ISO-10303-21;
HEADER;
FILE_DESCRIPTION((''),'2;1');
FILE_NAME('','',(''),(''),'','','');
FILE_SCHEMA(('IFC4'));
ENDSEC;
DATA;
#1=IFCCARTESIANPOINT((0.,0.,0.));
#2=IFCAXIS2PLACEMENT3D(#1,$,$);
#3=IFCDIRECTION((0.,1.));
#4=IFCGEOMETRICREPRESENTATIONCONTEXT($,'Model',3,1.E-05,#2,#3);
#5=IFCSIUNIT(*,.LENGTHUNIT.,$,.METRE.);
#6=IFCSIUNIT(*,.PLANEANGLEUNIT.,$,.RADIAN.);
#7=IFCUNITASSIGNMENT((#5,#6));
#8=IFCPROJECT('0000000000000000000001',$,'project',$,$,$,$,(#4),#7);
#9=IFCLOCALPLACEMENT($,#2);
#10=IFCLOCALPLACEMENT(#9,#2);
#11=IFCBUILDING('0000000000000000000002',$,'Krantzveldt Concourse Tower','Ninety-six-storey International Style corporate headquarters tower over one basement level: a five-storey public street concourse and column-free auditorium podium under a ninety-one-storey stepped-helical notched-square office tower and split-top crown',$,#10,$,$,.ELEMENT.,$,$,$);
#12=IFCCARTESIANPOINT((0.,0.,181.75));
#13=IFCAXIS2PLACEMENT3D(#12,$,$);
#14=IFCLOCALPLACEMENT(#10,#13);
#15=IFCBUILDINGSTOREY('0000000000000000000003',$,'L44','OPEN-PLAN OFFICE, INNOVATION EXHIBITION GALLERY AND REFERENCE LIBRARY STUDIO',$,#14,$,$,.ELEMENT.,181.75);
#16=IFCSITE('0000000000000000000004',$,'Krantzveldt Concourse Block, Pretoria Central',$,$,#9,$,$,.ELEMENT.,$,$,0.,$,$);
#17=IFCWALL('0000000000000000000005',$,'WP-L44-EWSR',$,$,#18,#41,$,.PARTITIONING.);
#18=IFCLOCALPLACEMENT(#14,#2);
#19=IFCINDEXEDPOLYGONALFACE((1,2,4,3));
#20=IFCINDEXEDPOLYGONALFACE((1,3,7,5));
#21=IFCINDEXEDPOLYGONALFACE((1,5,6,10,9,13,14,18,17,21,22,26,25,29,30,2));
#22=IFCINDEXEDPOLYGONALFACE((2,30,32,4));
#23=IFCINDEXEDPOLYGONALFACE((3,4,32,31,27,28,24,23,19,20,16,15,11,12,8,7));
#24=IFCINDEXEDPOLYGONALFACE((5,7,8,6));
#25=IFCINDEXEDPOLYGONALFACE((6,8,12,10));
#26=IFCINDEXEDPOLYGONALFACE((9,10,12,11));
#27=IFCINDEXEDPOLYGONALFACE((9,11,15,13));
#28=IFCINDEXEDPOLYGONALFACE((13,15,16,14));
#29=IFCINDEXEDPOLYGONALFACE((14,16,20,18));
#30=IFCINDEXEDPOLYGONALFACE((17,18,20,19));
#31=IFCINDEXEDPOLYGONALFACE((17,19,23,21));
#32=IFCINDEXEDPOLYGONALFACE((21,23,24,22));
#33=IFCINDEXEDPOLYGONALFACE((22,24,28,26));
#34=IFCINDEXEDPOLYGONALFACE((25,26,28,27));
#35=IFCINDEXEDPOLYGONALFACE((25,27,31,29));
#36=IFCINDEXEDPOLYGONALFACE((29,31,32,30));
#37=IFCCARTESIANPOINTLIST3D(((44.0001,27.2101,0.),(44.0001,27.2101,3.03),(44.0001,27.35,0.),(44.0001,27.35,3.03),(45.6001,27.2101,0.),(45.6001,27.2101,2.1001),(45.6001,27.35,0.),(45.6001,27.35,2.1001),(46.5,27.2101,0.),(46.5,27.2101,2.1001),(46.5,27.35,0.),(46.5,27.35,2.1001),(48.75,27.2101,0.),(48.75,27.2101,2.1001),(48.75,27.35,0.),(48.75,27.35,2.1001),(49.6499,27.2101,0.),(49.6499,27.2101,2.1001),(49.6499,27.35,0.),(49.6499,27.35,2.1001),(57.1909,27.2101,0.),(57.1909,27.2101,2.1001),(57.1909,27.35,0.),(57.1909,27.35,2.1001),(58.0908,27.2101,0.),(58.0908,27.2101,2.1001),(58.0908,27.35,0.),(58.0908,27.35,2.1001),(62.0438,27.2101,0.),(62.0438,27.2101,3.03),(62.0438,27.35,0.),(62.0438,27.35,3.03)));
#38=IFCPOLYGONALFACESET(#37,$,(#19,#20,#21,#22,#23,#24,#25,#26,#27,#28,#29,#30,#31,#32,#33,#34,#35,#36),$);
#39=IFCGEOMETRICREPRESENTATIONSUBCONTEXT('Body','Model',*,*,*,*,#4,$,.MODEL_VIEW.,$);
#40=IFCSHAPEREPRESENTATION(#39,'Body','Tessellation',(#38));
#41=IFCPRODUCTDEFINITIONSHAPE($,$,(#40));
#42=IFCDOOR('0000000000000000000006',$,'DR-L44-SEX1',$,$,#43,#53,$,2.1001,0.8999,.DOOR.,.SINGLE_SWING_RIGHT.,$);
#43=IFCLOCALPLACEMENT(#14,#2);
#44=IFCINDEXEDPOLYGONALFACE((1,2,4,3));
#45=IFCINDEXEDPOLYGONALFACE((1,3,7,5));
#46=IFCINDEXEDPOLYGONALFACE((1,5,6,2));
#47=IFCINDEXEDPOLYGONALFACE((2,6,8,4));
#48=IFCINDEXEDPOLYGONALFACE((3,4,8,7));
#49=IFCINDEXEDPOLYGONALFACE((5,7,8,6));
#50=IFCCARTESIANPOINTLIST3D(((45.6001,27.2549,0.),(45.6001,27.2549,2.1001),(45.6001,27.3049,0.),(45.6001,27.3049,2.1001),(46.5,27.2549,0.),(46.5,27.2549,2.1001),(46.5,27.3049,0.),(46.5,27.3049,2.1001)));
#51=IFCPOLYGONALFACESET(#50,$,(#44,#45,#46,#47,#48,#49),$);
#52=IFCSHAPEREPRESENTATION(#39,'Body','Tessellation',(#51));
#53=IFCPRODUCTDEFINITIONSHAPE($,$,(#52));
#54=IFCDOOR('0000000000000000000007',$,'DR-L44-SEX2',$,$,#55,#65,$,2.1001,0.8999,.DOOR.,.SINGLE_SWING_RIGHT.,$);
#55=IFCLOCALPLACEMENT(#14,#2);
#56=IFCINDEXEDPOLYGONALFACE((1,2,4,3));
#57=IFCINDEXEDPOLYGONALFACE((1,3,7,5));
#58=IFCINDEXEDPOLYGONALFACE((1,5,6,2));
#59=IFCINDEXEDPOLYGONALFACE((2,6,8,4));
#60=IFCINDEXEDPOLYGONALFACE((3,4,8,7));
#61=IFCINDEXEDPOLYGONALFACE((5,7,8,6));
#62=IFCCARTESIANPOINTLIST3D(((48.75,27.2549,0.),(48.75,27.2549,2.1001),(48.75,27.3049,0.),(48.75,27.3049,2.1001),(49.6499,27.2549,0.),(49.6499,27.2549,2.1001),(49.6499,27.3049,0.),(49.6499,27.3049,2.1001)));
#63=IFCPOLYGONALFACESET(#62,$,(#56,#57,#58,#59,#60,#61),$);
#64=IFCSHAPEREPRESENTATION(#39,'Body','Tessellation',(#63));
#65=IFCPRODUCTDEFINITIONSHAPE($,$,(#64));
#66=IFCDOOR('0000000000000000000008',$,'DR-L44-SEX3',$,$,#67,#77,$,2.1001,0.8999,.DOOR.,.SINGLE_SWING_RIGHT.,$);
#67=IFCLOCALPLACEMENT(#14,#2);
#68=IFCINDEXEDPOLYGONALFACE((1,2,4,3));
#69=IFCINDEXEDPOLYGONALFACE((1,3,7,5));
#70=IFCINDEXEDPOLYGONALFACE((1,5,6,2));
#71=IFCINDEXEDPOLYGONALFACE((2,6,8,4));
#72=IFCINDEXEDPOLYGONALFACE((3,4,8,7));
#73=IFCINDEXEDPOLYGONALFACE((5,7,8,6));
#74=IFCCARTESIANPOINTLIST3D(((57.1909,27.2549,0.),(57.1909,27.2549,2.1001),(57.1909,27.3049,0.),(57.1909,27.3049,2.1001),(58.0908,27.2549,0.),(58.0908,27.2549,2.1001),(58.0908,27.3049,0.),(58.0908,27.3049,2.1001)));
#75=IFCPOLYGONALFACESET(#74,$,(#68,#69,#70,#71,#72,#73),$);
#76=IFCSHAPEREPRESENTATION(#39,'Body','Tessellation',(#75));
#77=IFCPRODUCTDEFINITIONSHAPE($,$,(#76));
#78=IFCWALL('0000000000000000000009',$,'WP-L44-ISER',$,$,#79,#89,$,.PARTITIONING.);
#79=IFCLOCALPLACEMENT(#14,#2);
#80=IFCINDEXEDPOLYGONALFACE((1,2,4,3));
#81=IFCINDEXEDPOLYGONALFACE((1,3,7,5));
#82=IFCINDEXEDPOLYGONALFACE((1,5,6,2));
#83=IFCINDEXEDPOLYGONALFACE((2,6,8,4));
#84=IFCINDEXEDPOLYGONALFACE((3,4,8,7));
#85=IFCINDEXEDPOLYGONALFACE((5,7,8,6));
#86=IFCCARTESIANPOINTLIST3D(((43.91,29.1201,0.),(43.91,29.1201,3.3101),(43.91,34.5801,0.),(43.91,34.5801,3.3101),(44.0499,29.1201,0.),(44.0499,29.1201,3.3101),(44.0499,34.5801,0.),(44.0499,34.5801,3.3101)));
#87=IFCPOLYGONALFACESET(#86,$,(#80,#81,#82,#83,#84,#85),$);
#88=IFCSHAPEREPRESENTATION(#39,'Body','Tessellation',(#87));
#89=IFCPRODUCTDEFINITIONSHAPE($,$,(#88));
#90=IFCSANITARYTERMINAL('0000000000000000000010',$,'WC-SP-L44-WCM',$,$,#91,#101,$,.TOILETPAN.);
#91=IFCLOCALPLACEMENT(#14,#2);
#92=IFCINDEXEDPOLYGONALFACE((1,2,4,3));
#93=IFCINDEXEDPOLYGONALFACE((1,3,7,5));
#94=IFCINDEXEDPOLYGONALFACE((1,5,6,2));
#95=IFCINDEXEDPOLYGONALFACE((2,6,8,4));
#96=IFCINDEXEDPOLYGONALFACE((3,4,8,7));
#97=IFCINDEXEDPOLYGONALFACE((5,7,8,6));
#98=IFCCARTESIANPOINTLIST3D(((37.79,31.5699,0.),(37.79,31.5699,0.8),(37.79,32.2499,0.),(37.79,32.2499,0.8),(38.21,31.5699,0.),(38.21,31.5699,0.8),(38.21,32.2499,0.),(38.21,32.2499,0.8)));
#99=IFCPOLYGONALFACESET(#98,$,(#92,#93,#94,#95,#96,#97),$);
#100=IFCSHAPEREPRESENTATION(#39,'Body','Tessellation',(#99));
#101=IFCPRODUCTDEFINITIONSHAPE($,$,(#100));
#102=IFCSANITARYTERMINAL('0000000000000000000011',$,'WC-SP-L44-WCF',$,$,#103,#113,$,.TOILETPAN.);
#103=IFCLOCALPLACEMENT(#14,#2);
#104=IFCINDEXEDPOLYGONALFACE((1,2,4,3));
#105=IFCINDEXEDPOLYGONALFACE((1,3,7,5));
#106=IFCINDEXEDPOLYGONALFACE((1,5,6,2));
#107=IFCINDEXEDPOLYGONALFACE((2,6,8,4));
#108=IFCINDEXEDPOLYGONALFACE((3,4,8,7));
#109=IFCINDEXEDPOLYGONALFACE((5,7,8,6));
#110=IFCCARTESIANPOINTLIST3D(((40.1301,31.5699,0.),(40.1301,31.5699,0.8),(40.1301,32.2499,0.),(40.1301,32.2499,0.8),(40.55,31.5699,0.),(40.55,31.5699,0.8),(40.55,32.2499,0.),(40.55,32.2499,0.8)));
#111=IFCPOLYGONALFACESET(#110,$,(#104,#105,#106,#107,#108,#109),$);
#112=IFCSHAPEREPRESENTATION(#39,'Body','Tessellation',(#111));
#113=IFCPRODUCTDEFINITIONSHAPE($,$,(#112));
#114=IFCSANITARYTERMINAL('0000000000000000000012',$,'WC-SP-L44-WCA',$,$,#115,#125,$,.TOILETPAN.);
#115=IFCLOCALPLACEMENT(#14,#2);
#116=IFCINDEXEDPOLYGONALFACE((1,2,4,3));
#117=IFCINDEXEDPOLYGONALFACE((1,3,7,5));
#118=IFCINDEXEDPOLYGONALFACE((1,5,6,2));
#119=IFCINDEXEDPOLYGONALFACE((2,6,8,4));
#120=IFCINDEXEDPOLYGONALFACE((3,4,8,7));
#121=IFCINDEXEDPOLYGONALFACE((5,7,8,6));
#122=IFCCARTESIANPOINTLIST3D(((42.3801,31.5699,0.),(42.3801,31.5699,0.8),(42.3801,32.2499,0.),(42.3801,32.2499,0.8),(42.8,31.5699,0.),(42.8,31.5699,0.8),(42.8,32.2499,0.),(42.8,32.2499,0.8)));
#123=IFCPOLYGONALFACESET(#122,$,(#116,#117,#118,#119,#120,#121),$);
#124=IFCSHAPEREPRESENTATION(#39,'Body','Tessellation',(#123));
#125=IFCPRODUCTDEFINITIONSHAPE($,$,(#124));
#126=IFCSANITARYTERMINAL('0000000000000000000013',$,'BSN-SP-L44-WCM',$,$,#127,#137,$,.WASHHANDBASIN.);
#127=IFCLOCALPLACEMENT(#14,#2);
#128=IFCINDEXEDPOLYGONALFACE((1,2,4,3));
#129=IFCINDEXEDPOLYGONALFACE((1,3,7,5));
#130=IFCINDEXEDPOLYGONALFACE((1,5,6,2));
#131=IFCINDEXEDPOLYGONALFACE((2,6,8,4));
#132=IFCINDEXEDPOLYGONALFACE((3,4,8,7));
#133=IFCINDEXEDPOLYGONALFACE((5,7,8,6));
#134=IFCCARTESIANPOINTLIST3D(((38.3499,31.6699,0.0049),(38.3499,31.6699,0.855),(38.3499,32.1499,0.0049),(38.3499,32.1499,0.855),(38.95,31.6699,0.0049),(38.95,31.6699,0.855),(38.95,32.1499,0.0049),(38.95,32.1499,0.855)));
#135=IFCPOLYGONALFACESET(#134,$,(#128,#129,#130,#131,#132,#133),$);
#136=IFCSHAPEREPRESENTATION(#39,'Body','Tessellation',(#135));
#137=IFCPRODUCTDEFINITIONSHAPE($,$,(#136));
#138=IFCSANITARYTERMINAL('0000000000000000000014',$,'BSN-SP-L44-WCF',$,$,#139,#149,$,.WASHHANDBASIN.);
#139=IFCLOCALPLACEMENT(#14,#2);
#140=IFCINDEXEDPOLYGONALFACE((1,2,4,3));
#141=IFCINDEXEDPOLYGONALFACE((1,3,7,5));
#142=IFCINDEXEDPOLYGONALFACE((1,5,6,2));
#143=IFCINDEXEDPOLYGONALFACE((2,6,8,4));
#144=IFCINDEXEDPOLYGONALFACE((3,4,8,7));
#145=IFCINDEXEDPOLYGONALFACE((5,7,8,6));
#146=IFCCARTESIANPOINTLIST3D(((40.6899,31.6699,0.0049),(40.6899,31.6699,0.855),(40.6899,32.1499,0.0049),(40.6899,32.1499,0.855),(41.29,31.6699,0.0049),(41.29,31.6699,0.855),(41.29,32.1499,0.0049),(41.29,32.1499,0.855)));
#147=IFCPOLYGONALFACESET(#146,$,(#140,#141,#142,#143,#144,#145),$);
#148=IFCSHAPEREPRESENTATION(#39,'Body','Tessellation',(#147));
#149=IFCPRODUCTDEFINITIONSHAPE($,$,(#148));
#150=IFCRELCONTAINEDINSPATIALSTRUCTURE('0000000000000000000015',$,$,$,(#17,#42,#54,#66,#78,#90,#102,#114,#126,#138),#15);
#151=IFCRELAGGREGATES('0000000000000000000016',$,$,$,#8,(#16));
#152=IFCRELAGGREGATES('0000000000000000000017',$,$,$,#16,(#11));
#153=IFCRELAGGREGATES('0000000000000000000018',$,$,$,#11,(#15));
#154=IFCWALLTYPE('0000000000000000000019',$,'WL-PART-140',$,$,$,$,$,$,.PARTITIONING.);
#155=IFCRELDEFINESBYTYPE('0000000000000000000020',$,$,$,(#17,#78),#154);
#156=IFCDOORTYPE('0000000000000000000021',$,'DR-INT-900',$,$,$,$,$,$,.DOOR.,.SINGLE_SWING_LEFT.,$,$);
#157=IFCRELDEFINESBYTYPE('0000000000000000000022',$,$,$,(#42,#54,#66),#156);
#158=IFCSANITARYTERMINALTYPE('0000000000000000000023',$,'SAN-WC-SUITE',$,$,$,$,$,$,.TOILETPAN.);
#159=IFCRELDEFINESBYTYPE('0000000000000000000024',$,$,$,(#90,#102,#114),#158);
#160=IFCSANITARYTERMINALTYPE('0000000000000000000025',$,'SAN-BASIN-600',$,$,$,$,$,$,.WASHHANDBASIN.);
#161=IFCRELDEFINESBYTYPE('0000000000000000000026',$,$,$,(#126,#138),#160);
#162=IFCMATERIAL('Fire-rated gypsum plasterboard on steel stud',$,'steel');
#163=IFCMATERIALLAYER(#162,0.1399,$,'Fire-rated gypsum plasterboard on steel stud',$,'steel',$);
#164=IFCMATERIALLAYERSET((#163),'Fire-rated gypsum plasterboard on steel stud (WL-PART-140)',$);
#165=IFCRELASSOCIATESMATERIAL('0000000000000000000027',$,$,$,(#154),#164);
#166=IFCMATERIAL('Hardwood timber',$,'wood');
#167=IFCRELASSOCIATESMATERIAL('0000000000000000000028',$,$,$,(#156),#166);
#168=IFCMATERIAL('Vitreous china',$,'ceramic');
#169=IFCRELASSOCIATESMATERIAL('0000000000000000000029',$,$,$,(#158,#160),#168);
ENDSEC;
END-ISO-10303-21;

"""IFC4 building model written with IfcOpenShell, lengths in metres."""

from ifc_helpers import new_model, si_unit, direction, frame, frame_2d, origin, origin_2d, place, context, subcontext, project, spatial, rectangle, extrude, source, transform, mapped, material, layer, layer_set, type_object, type_shapes, element, fill, save


model = new_model("IFC4")

# Units and contexts
model_context = context("Model", 3, precision=1e-05, world=origin(), true_north=direction((0.0, 1.0)))
body_context = subcontext(model_context, "Body", "Model", "MODEL_VIEW")
ifc_project = project(units=[si_unit("LENGTHUNIT", "METRE"), si_unit("PLANEANGLEUNIT", "RADIAN")], contexts=[model_context])

# Site, building, storey
site_placement = place(None, origin())
site = spatial("IfcSite", under=ifc_project, at=site_placement, Name="Krantzveldt Concourse Block, Pretoria Central", CompositionType="ELEMENT", RefElevation=0.0)
building_placement = place(site_placement, origin())
building = spatial("IfcBuilding", under=site, at=building_placement, Name="Krantzveldt Concourse Tower", Description="Ninety-six-storey International Style corporate headquarters tower over one basement level: a five-storey public street concourse and column-free auditorium podium under a ninety-one-storey stepped-helical notched-square office tower and split-top crown", CompositionType="ELEMENT")
storey_placement = place(building_placement, frame((0.0, 0.0, 181.75)))
storey = spatial("IfcBuildingStorey", under=building, at=storey_placement, Name="L44", Description="OPEN-PLAN OFFICE, INNOVATION EXHIBITION GALLERY AND REFERENCE LIBRARY STUDIO", CompositionType="ELEMENT", Elevation=181.75)

# Shared definitions
ifc_material_1 = material(Name="Fire-rated gypsum plasterboard on steel stud", Category="steel")

# Wall, openings, doors
ifc_layer_1 = layer(ifc_material_1, 0.1399, Name="Fire-rated gypsum plasterboard on steel stud", Category="steel")
ifc_layer_set_1 = layer_set([ifc_layer_1], Name="Fire-rated gypsum plasterboard on steel stud (WL-PART-140)")
wall_type_1 = type_object("IfcWallType", Name="WL-PART-140", PredefinedType="PARTITIONING", material=ifc_layer_set_1)
ifc_material_2 = material(Name="Hardwood timber", Category="wood")
door_type_1 = type_object("IfcDoorType", Name="DR-INT-900", OperationType="SINGLE_SWING_LEFT", PredefinedType="DOOR", material=ifc_material_2)
wall_1_placement = place(storey_placement, frame((44.0, 27.28, 0.0), z_axis=(0.0, 0.0, 1.0), x_axis=(1.0, 0.0, 0.0)))
wall_1 = element("IfcWall", 1, at=wall_1_placement, inside=storey, type_object=wall_type_1, Name="WP-L44-EWSR", PredefinedType="PARTITIONING", context=body_context, shape_type="SweptSolid", body=[
    extrude(rectangle(XDim=18.0437, YDim=0.1399, at=frame_2d((9.022, 0.0))), origin(), (0.0, 0.0, 1.0), 3.03),
])
opening_1_placement = place(wall_1_placement, frame((1.6001, 0.0, 0.0)))
opening_1 = element("IfcOpeningElement", 2, at=opening_1_placement, cuts=wall_1, PredefinedType="OPENING", context=body_context, shape_type="SweptSolid", body=[
    extrude(rectangle(XDim=0.8999, YDim=2.1001, at=frame_2d((0.45, 1.05))), frame((0.0, 0.0801, 0.0), z_axis=(0.0, -1.0, 0.0), x_axis=(1.0, 0.0, 0.0)), (0.0, 0.0, 1.0), 0.1599),
])
opening_2_placement = place(wall_1_placement, frame((4.75, 0.0, 0.0)))
opening_2 = element("IfcOpeningElement", 3, at=opening_2_placement, cuts=wall_1, PredefinedType="OPENING", context=body_context, shape_type="SweptSolid", body=[
    extrude(rectangle(XDim=0.8999, YDim=2.1001, at=frame_2d((0.45, 1.05))), frame((0.0, 0.0801, 0.0), z_axis=(0.0, -1.0, 0.0), x_axis=(1.0, 0.0, 0.0)), (0.0, 0.0, 1.0), 0.1599),
])
opening_3_placement = place(wall_1_placement, frame((13.1909, 0.0, 0.0)))
opening_3 = element("IfcOpeningElement", 4, at=opening_3_placement, cuts=wall_1, PredefinedType="OPENING", context=body_context, shape_type="SweptSolid", body=[
    extrude(rectangle(XDim=0.8999, YDim=2.1001, at=frame_2d((0.45, 1.05))), frame((0.0, 0.0801, 0.0), z_axis=(0.0, -1.0, 0.0), x_axis=(1.0, 0.0, 0.0)), (0.0, 0.0, 1.0), 0.1599),
])
door_1_placement = place(opening_1_placement, origin())
door_1 = element("IfcDoor", 5, at=door_1_placement, inside=storey, type_object=door_type_1, Name="DR-L44-SEX1", OperationType="SINGLE_SWING_RIGHT", OverallHeight=2.1001, OverallWidth=0.8999, PredefinedType="DOOR", context=body_context, shape_type="SweptSolid", body=[
    extrude(rectangle(XDim=0.8999, YDim=2.1001, at=frame_2d((0.45, 1.05))), frame((0.0, 0.0249, 0.0), z_axis=(0.0, -1.0, 0.0), x_axis=(1.0, 0.0, 0.0)), (0.0, 0.0, 1.0), 0.05),
])
fill(opening_1, door_1)
door_2_placement = place(opening_2_placement, origin())
door_2 = element("IfcDoor", 6, at=door_2_placement, inside=storey, type_object=door_type_1, Name="DR-L44-SEX2", OperationType="SINGLE_SWING_RIGHT", OverallHeight=2.1001, OverallWidth=0.8999, PredefinedType="DOOR", context=body_context, shape_type="SweptSolid", body=[
    extrude(rectangle(XDim=0.8999, YDim=2.1001, at=frame_2d((0.45, 1.05))), frame((0.0, 0.0249, 0.0), z_axis=(0.0, -1.0, 0.0), x_axis=(1.0, 0.0, 0.0)), (0.0, 0.0, 1.0), 0.05),
])
fill(opening_2, door_2)
door_3_placement = place(opening_3_placement, origin())
door_3 = element("IfcDoor", 7, at=door_3_placement, inside=storey, type_object=door_type_1, Name="DR-L44-SEX3", OperationType="SINGLE_SWING_RIGHT", OverallHeight=2.1001, OverallWidth=0.8999, PredefinedType="DOOR", context=body_context, shape_type="SweptSolid", body=[
    extrude(rectangle(XDim=0.8999, YDim=2.1001, at=frame_2d((0.45, 1.05))), frame((0.0, 0.0249, 0.0), z_axis=(0.0, -1.0, 0.0), x_axis=(1.0, 0.0, 0.0)), (0.0, 0.0, 1.0), 0.05),
])
fill(opening_3, door_3)

# Wall
wall_2_placement = place(storey_placement, frame((43.98, 29.1201, 0.0), z_axis=(0.0, 0.0, 1.0), x_axis=(0.0, 1.0, 0.0)))
element("IfcWall", 8, at=wall_2_placement, inside=storey, type_object=wall_type_1, Name="WP-L44-ISER", PredefinedType="PARTITIONING", context=body_context, shape_type="SweptSolid", body=[
    extrude(rectangle(XDim=5.46, YDim=0.1399, at=frame_2d((2.73, 0.0))), origin(), (0.0, 0.0, 1.0), 3.3101),
])

# Sanitary terminals
ifc_material_3 = material(Name="Vitreous china", Category="ceramic")
sanitary_terminal_type_1 = type_object("IfcSanitaryTerminalType", Name="SAN-WC-SUITE", PredefinedType="TOILETPAN", material=ifc_material_3)
shared_shape_1 = source(origin(), body_context, "Body", "SweptSolid", [
    extrude(rectangle(XDim=0.4199, YDim=0.6799, at=origin_2d()), origin(), (0.0, 0.0, 1.0), 0.8),
])
type_shapes(sanitary_terminal_type_1, [shared_shape_1])
for number, where, z_axis, x_axis, name in (
    (9, (38.0, 31.9099, 0.0), (0.0, 0.0, 1.0), (1.0, 0.0, 0.0), "WC-SP-L44-WCM"),
    (10, (40.3401, 31.9099, 0.0), (0.0, 0.0, 1.0), (1.0, 0.0, 0.0), "WC-SP-L44-WCF"),
    (11, (42.5901, 31.9099, 0.0), (0.0, 0.0, 1.0), (1.0, 0.0, 0.0), "WC-SP-L44-WCA"),
):
    element("IfcSanitaryTerminal", number, at=place(storey_placement, frame(where, z_axis=z_axis, x_axis=x_axis)), inside=storey, type_object=sanitary_terminal_type_1, Name=name, PredefinedType="TOILETPAN", context=body_context, shape_type="MappedRepresentation", body=[
        mapped(shared_shape_1, transform((0.0, 0.0, 0.0), x_axis=(1.0, 0.0, 0.0), y_axis=(0.0, 1.0, 0.0), z_axis=(0.0, 0.0, 1.0), scale=1.0)),
    ])
sanitary_terminal_type_2 = type_object("IfcSanitaryTerminalType", Name="SAN-BASIN-600", PredefinedType="WASHHANDBASIN", material=ifc_material_3)
shared_shape_2 = source(origin(), body_context, "Body", "SweptSolid", [
    extrude(rectangle(XDim=0.6001, YDim=0.48, at=origin_2d()), origin(), (0.0, 0.0, 1.0), 0.8501),
])
type_shapes(sanitary_terminal_type_2, [shared_shape_2])
for number, where, z_axis, x_axis, name in (
    (12, (38.6499, 31.9099, 0.0049), (0.0, 0.0, 1.0), (1.0, 0.0, 0.0), "BSN-SP-L44-WCM"),
    (13, (40.99, 31.9099, 0.0049), (0.0, 0.0, 1.0), (1.0, 0.0, 0.0), "BSN-SP-L44-WCF"),
):
    element("IfcSanitaryTerminal", number, at=place(storey_placement, frame(where, z_axis=z_axis, x_axis=x_axis)), inside=storey, type_object=sanitary_terminal_type_2, Name=name, PredefinedType="WASHHANDBASIN", context=body_context, shape_type="MappedRepresentation", body=[
        mapped(shared_shape_2, transform((0.0, 0.0, 0.0), x_axis=(1.0, 0.0, 0.0), y_axis=(0.0, 1.0, 0.0), z_axis=(0.0, 0.0, 1.0), scale=1.0)),
    ])

save(model, "model.ifc")
